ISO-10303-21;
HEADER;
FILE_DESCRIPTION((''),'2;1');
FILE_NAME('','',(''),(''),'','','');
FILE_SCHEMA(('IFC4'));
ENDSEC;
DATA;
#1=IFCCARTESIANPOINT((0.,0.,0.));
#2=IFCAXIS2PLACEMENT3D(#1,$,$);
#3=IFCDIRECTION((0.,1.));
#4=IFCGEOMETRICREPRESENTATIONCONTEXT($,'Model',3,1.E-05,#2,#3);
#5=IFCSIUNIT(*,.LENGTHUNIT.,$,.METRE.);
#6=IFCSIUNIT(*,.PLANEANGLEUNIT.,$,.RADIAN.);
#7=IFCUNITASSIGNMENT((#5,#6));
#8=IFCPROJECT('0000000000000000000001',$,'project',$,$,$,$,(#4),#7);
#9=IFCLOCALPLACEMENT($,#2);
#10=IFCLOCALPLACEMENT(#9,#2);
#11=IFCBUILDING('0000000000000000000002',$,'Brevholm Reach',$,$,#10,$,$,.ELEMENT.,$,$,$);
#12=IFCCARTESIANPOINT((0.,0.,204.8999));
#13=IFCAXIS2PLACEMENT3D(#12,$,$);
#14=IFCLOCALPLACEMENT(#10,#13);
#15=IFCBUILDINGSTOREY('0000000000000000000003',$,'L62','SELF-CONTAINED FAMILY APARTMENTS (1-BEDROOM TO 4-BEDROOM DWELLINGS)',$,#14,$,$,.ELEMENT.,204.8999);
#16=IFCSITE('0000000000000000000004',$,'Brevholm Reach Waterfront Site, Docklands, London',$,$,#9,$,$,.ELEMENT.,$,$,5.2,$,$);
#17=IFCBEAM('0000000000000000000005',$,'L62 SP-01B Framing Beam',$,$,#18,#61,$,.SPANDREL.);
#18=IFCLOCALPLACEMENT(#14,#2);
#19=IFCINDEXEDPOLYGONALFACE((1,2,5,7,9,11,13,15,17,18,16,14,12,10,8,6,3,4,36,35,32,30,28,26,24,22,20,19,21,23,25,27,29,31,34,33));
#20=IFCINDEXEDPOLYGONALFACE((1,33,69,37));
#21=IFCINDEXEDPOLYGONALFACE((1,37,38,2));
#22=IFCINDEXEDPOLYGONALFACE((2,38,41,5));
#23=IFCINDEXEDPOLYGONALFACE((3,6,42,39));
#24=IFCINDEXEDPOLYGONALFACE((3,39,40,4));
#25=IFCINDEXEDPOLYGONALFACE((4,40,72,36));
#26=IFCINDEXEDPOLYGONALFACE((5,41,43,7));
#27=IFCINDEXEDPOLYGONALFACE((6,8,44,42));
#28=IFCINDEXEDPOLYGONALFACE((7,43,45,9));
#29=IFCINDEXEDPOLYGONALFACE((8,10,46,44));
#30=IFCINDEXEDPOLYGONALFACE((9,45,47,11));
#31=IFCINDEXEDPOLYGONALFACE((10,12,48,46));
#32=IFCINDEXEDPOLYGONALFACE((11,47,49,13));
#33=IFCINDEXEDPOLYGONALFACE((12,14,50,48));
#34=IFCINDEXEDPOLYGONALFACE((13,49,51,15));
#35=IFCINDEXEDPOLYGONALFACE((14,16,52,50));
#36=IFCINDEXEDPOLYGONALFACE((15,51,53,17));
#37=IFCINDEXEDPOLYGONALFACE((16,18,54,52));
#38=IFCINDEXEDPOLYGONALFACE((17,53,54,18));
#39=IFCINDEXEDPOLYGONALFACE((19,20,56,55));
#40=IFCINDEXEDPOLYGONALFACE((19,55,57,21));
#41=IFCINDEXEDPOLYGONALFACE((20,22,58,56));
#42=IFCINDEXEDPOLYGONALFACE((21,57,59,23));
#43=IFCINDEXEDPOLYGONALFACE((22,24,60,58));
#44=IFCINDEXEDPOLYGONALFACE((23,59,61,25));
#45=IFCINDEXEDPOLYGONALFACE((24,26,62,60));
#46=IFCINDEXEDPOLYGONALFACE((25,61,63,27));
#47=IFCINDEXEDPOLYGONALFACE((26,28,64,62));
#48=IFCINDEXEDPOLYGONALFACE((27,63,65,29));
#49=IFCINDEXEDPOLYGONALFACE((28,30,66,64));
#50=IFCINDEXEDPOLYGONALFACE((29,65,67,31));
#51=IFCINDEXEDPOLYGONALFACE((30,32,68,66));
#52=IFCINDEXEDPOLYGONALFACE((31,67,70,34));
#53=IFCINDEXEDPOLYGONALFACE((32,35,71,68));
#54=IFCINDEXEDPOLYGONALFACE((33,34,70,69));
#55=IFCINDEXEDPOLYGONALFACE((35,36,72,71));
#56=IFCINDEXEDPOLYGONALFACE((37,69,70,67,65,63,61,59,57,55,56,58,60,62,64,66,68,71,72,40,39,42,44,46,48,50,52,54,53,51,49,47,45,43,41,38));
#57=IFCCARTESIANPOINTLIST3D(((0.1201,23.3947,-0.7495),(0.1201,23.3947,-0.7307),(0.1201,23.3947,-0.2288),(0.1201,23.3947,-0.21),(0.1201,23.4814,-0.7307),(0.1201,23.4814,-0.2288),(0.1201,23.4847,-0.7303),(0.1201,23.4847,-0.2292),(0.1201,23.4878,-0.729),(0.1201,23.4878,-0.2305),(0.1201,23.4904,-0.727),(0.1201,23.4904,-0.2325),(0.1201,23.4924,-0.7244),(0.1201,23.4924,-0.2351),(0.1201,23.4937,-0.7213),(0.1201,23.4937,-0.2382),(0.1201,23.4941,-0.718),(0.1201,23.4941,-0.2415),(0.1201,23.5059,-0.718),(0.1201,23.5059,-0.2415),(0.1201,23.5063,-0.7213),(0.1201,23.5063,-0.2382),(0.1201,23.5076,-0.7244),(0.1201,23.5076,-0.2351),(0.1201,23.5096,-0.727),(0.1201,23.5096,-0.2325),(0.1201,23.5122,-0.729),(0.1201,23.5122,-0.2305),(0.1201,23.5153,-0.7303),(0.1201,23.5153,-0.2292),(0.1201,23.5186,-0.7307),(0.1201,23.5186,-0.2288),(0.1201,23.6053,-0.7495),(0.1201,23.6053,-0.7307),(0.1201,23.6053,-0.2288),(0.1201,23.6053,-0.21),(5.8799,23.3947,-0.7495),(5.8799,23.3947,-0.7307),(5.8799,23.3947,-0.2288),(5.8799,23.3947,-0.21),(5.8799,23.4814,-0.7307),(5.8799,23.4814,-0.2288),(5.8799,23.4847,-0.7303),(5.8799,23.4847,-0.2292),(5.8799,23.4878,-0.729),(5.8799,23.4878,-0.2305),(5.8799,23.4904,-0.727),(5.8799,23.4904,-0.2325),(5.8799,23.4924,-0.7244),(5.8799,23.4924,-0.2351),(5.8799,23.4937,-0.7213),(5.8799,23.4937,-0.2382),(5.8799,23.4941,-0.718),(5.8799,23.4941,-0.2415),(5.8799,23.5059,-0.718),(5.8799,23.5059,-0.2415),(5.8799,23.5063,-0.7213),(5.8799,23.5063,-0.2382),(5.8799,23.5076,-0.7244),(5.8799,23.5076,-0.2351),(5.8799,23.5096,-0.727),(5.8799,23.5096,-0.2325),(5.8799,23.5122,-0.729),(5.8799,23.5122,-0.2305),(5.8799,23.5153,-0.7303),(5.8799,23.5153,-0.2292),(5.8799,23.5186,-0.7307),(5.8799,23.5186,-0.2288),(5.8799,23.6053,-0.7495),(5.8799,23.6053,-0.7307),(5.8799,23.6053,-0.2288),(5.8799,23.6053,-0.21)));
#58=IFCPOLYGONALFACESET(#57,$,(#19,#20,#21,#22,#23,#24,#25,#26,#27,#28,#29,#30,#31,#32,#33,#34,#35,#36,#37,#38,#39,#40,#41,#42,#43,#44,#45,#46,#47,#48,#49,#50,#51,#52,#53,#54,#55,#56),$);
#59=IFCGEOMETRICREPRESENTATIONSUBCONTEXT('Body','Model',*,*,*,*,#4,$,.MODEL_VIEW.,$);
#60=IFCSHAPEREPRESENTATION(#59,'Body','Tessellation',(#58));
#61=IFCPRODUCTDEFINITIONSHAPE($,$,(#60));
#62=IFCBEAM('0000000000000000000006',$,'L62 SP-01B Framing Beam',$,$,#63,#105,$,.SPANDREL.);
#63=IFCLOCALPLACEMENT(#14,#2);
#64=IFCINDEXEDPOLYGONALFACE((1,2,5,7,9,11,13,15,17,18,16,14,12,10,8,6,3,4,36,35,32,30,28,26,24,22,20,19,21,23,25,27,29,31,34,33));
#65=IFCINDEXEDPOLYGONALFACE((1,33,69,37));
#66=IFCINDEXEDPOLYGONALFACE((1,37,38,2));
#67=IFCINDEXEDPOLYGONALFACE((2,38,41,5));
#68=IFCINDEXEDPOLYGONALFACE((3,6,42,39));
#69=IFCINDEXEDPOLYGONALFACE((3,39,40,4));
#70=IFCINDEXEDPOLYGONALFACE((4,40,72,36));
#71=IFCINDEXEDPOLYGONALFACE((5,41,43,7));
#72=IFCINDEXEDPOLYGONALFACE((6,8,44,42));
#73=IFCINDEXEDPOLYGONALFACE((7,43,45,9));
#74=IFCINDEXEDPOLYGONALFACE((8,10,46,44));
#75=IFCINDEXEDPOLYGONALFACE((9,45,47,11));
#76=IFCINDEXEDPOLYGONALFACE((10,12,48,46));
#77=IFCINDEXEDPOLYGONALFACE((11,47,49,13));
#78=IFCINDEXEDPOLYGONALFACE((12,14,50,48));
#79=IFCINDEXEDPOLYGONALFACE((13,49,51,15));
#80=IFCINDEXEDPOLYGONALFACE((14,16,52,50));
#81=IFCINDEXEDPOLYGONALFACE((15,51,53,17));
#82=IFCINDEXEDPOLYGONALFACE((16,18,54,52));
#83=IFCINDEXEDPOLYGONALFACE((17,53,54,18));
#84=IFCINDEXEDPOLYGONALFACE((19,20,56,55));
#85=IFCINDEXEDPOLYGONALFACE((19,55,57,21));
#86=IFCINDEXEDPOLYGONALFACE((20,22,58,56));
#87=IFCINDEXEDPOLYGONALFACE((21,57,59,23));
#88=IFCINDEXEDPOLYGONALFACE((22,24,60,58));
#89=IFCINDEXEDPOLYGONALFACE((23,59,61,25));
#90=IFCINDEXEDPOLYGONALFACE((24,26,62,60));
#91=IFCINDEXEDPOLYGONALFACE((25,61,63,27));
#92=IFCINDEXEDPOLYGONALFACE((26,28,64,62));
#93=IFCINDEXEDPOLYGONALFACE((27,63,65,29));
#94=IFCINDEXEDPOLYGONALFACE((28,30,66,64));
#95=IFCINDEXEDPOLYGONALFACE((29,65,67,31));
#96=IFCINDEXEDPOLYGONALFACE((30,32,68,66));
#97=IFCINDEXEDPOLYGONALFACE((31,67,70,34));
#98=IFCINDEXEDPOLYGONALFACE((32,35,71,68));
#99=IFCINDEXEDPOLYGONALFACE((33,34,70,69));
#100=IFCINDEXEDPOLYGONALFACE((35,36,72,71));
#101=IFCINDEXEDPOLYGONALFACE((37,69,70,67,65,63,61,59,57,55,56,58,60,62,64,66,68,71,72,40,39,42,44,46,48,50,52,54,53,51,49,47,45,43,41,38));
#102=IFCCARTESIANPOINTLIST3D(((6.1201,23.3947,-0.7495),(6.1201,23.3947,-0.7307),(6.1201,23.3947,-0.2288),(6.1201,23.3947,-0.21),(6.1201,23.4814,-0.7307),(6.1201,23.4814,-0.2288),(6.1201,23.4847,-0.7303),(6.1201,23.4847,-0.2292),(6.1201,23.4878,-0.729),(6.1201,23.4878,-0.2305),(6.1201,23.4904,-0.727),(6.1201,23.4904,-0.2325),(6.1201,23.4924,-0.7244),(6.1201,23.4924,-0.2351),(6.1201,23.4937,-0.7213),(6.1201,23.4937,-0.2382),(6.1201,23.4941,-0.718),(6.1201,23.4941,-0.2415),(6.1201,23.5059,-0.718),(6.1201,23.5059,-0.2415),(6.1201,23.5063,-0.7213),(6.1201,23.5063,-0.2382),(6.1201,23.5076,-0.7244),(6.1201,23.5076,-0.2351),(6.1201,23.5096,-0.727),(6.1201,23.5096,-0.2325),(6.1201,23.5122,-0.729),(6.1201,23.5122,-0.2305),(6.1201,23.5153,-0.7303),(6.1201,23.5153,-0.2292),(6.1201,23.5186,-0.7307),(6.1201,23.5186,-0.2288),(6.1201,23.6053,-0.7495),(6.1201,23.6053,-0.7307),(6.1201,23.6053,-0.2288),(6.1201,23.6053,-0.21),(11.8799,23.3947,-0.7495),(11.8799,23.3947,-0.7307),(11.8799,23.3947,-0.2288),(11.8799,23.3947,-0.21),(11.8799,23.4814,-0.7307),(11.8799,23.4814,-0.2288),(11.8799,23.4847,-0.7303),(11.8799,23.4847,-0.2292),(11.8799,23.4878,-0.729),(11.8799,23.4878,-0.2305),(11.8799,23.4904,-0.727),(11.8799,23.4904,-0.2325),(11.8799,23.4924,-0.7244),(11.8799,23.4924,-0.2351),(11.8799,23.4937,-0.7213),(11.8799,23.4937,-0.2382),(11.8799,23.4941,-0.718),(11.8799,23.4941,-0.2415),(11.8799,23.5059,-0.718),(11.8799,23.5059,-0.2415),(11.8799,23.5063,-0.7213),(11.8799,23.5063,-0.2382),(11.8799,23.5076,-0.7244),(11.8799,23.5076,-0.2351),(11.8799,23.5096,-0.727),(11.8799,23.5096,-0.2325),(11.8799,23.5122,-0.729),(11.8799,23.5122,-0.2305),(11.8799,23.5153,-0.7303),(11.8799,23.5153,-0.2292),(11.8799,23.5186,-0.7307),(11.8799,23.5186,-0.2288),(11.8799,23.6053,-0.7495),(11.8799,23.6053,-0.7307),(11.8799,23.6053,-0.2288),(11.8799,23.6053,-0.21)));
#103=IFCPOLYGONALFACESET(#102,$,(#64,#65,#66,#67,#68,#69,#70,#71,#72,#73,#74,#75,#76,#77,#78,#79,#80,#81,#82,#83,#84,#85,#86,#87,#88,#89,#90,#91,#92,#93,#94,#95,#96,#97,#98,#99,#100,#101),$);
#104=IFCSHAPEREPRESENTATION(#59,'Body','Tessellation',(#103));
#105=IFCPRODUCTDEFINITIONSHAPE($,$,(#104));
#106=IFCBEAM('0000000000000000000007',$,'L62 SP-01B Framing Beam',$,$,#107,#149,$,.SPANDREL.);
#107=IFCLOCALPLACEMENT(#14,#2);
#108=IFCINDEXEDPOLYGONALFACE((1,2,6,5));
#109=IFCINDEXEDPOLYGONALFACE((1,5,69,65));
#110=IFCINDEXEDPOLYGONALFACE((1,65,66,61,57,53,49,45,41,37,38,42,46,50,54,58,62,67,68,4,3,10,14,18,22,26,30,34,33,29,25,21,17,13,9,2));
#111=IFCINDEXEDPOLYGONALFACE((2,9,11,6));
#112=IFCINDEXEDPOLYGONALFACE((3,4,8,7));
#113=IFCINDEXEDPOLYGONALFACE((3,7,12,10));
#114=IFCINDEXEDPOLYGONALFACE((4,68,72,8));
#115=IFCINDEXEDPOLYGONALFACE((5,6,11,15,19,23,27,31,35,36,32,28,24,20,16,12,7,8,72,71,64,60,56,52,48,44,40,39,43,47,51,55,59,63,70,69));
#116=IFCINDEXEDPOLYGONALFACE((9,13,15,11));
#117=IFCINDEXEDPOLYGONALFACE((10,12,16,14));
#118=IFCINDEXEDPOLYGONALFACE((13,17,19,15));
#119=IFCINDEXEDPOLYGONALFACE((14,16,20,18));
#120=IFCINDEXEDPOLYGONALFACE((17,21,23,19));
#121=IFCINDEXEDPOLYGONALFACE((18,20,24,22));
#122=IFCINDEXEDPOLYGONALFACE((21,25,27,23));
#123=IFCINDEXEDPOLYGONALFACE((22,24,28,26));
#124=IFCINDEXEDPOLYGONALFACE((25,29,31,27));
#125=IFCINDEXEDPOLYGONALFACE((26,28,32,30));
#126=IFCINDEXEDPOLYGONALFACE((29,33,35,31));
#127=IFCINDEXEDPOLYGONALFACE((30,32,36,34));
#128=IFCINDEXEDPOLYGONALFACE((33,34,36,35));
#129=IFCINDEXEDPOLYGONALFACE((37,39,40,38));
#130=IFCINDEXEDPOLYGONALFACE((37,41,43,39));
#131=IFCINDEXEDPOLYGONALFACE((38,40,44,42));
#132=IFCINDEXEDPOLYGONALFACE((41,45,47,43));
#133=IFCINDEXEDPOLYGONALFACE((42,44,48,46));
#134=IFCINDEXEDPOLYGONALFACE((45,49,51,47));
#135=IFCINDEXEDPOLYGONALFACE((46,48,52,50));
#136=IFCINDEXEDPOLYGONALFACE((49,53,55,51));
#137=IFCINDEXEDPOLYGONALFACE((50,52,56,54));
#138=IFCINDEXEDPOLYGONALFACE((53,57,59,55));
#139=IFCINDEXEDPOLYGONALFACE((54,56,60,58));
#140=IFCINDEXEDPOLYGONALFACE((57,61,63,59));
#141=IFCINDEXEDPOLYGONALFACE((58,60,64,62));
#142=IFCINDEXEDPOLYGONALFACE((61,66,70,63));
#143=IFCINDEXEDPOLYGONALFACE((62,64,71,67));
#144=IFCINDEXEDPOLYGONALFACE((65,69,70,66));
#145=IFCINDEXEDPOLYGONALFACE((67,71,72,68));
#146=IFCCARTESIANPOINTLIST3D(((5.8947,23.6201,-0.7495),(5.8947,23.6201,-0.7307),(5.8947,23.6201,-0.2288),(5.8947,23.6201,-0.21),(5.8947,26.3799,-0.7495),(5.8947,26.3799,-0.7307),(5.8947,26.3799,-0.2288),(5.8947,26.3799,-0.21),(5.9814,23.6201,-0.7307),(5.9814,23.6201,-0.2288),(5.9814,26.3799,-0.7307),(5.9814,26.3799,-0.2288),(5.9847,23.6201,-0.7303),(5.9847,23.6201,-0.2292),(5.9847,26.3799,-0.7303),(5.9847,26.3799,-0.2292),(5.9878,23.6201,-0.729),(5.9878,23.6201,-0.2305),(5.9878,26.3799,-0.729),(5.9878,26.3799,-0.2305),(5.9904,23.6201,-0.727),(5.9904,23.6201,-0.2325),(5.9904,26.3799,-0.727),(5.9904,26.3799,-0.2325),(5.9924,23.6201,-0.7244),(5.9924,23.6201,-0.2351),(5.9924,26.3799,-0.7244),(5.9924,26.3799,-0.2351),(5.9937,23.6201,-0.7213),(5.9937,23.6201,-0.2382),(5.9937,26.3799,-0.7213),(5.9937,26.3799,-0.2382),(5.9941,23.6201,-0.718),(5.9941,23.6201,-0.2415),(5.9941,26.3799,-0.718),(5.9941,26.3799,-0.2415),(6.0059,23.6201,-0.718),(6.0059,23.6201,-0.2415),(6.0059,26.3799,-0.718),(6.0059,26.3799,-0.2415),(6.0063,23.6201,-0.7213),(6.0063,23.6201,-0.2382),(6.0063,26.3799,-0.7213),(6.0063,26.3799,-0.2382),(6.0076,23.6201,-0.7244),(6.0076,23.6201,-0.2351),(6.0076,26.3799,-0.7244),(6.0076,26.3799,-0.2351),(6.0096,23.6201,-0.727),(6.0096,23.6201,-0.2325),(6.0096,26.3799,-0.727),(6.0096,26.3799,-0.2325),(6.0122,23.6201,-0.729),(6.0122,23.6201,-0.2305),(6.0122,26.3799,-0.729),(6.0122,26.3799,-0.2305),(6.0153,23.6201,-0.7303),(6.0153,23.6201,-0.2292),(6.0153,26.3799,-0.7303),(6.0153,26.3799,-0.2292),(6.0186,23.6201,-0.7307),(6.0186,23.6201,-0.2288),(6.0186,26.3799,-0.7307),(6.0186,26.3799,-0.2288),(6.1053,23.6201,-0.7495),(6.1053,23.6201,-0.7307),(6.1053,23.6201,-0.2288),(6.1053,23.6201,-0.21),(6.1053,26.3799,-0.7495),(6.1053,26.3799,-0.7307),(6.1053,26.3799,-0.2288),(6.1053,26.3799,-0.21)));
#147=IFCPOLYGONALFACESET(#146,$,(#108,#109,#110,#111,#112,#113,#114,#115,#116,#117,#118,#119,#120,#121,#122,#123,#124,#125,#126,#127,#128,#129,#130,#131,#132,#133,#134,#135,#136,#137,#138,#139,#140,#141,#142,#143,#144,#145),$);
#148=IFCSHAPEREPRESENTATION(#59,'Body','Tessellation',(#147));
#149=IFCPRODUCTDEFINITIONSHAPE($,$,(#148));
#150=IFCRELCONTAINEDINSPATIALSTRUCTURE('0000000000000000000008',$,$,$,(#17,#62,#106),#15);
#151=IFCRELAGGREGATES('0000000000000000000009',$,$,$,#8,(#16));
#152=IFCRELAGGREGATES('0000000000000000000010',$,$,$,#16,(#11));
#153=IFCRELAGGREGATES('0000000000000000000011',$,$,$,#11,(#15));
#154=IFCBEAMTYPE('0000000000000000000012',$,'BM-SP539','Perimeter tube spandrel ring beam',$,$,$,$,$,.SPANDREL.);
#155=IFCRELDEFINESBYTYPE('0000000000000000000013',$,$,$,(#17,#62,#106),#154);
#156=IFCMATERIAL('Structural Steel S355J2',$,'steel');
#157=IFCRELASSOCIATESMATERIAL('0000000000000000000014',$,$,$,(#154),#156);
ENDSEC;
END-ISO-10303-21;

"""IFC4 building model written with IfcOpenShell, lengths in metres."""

from ifc_helpers import new_model, si_unit, direction, frame, origin, origin_2d, place, context, subcontext, project, spatial, i_section, extrude, material, material_profile, profile_set, type_object, element, save


model = new_model("IFC4")

# Units and contexts
model_context = context("Model", 3, precision=1e-05, world=origin(), true_north=direction((0.0, 1.0)))
body_context = subcontext(model_context, "Body", "Model", "MODEL_VIEW")
ifc_project = project(units=[si_unit("LENGTHUNIT", "METRE"), si_unit("PLANEANGLEUNIT", "RADIAN")], contexts=[model_context])

# Site, building, storey
site_placement = place(None, origin())
site = spatial("IfcSite", under=ifc_project, at=site_placement, Name="Brevholm Reach Waterfront Site, Docklands, London", CompositionType="ELEMENT", RefElevation=5.2)
building_placement = place(site_placement, origin())
building = spatial("IfcBuilding", under=site, at=building_placement, Name="Brevholm Reach", CompositionType="ELEMENT")
storey_placement = place(building_placement, frame((0.0, 0.0, 204.8999)))
storey = spatial("IfcBuildingStorey", under=building, at=storey_placement, Name="L62", Description="SELF-CONTAINED FAMILY APARTMENTS (1-BEDROOM TO 4-BEDROOM DWELLINGS)", CompositionType="ELEMENT", Elevation=204.8999)

# Beams
ifc_material_1 = material(Name="Structural Steel S355J2", Category="steel")
ifc_material_profile_1 = material_profile(ifc_material_1, i_section(OverallWidth=0.2107, OverallDepth=0.5396, WebThickness=0.0117, FlangeThickness=0.0188, FilletRadius=0.0127, at=origin_2d()), Name="UKB 533x210x109")
ifc_profile_set_1 = profile_set([ifc_material_profile_1], Name="Structural Steel S355J2")
beam_type_1 = type_object("IfcBeamType", Name="BM-SP539", Description="Perimeter tube spandrel ring beam", PredefinedType="SPANDREL", material=ifc_profile_set_1)
for number, where, z_axis, x_axis, name in (
    (1, (0.1201, 23.5, -0.4797), (1.0, 0.0, 0.0), (0.0, 1.0, 0.0), "L62 SP-01B Framing Beam"),
    (2, (6.1201, 23.5, -0.4797), (1.0, 0.0, 0.0), (0.0, 1.0, 0.0), "L62 SP-01B Framing Beam"),
):
    element("IfcBeam", number, at=place(storey_placement, frame(where, z_axis=z_axis, x_axis=x_axis)), inside=storey, type_object=beam_type_1, Name=name, PredefinedType="SPANDREL", context=body_context, shape_type="SweptSolid", body=[
        extrude(i_section(OverallWidth=0.2107, OverallDepth=0.5396, WebThickness=0.0117, FlangeThickness=0.0188, FilletRadius=0.0127, at=origin_2d()), origin(), (0.0, 0.0, 1.0), 5.7598),
    ])
beam_1_placement = place(storey_placement, frame((6.0, 23.6201, -0.4797), z_axis=(0.0, 1.0, 0.0), x_axis=(-1.0, 0.0, 0.0)))
element("IfcBeam", 3, at=beam_1_placement, inside=storey, type_object=beam_type_1, Name="L62 SP-01B Framing Beam", PredefinedType="SPANDREL", context=body_context, shape_type="SweptSolid", body=[
    extrude(i_section(OverallWidth=0.2107, OverallDepth=0.5396, WebThickness=0.0117, FlangeThickness=0.0188, FilletRadius=0.0127, at=origin_2d()), origin(), (0.0, 0.0, 1.0), 2.7598),
])

save(model, "model.ifc")
